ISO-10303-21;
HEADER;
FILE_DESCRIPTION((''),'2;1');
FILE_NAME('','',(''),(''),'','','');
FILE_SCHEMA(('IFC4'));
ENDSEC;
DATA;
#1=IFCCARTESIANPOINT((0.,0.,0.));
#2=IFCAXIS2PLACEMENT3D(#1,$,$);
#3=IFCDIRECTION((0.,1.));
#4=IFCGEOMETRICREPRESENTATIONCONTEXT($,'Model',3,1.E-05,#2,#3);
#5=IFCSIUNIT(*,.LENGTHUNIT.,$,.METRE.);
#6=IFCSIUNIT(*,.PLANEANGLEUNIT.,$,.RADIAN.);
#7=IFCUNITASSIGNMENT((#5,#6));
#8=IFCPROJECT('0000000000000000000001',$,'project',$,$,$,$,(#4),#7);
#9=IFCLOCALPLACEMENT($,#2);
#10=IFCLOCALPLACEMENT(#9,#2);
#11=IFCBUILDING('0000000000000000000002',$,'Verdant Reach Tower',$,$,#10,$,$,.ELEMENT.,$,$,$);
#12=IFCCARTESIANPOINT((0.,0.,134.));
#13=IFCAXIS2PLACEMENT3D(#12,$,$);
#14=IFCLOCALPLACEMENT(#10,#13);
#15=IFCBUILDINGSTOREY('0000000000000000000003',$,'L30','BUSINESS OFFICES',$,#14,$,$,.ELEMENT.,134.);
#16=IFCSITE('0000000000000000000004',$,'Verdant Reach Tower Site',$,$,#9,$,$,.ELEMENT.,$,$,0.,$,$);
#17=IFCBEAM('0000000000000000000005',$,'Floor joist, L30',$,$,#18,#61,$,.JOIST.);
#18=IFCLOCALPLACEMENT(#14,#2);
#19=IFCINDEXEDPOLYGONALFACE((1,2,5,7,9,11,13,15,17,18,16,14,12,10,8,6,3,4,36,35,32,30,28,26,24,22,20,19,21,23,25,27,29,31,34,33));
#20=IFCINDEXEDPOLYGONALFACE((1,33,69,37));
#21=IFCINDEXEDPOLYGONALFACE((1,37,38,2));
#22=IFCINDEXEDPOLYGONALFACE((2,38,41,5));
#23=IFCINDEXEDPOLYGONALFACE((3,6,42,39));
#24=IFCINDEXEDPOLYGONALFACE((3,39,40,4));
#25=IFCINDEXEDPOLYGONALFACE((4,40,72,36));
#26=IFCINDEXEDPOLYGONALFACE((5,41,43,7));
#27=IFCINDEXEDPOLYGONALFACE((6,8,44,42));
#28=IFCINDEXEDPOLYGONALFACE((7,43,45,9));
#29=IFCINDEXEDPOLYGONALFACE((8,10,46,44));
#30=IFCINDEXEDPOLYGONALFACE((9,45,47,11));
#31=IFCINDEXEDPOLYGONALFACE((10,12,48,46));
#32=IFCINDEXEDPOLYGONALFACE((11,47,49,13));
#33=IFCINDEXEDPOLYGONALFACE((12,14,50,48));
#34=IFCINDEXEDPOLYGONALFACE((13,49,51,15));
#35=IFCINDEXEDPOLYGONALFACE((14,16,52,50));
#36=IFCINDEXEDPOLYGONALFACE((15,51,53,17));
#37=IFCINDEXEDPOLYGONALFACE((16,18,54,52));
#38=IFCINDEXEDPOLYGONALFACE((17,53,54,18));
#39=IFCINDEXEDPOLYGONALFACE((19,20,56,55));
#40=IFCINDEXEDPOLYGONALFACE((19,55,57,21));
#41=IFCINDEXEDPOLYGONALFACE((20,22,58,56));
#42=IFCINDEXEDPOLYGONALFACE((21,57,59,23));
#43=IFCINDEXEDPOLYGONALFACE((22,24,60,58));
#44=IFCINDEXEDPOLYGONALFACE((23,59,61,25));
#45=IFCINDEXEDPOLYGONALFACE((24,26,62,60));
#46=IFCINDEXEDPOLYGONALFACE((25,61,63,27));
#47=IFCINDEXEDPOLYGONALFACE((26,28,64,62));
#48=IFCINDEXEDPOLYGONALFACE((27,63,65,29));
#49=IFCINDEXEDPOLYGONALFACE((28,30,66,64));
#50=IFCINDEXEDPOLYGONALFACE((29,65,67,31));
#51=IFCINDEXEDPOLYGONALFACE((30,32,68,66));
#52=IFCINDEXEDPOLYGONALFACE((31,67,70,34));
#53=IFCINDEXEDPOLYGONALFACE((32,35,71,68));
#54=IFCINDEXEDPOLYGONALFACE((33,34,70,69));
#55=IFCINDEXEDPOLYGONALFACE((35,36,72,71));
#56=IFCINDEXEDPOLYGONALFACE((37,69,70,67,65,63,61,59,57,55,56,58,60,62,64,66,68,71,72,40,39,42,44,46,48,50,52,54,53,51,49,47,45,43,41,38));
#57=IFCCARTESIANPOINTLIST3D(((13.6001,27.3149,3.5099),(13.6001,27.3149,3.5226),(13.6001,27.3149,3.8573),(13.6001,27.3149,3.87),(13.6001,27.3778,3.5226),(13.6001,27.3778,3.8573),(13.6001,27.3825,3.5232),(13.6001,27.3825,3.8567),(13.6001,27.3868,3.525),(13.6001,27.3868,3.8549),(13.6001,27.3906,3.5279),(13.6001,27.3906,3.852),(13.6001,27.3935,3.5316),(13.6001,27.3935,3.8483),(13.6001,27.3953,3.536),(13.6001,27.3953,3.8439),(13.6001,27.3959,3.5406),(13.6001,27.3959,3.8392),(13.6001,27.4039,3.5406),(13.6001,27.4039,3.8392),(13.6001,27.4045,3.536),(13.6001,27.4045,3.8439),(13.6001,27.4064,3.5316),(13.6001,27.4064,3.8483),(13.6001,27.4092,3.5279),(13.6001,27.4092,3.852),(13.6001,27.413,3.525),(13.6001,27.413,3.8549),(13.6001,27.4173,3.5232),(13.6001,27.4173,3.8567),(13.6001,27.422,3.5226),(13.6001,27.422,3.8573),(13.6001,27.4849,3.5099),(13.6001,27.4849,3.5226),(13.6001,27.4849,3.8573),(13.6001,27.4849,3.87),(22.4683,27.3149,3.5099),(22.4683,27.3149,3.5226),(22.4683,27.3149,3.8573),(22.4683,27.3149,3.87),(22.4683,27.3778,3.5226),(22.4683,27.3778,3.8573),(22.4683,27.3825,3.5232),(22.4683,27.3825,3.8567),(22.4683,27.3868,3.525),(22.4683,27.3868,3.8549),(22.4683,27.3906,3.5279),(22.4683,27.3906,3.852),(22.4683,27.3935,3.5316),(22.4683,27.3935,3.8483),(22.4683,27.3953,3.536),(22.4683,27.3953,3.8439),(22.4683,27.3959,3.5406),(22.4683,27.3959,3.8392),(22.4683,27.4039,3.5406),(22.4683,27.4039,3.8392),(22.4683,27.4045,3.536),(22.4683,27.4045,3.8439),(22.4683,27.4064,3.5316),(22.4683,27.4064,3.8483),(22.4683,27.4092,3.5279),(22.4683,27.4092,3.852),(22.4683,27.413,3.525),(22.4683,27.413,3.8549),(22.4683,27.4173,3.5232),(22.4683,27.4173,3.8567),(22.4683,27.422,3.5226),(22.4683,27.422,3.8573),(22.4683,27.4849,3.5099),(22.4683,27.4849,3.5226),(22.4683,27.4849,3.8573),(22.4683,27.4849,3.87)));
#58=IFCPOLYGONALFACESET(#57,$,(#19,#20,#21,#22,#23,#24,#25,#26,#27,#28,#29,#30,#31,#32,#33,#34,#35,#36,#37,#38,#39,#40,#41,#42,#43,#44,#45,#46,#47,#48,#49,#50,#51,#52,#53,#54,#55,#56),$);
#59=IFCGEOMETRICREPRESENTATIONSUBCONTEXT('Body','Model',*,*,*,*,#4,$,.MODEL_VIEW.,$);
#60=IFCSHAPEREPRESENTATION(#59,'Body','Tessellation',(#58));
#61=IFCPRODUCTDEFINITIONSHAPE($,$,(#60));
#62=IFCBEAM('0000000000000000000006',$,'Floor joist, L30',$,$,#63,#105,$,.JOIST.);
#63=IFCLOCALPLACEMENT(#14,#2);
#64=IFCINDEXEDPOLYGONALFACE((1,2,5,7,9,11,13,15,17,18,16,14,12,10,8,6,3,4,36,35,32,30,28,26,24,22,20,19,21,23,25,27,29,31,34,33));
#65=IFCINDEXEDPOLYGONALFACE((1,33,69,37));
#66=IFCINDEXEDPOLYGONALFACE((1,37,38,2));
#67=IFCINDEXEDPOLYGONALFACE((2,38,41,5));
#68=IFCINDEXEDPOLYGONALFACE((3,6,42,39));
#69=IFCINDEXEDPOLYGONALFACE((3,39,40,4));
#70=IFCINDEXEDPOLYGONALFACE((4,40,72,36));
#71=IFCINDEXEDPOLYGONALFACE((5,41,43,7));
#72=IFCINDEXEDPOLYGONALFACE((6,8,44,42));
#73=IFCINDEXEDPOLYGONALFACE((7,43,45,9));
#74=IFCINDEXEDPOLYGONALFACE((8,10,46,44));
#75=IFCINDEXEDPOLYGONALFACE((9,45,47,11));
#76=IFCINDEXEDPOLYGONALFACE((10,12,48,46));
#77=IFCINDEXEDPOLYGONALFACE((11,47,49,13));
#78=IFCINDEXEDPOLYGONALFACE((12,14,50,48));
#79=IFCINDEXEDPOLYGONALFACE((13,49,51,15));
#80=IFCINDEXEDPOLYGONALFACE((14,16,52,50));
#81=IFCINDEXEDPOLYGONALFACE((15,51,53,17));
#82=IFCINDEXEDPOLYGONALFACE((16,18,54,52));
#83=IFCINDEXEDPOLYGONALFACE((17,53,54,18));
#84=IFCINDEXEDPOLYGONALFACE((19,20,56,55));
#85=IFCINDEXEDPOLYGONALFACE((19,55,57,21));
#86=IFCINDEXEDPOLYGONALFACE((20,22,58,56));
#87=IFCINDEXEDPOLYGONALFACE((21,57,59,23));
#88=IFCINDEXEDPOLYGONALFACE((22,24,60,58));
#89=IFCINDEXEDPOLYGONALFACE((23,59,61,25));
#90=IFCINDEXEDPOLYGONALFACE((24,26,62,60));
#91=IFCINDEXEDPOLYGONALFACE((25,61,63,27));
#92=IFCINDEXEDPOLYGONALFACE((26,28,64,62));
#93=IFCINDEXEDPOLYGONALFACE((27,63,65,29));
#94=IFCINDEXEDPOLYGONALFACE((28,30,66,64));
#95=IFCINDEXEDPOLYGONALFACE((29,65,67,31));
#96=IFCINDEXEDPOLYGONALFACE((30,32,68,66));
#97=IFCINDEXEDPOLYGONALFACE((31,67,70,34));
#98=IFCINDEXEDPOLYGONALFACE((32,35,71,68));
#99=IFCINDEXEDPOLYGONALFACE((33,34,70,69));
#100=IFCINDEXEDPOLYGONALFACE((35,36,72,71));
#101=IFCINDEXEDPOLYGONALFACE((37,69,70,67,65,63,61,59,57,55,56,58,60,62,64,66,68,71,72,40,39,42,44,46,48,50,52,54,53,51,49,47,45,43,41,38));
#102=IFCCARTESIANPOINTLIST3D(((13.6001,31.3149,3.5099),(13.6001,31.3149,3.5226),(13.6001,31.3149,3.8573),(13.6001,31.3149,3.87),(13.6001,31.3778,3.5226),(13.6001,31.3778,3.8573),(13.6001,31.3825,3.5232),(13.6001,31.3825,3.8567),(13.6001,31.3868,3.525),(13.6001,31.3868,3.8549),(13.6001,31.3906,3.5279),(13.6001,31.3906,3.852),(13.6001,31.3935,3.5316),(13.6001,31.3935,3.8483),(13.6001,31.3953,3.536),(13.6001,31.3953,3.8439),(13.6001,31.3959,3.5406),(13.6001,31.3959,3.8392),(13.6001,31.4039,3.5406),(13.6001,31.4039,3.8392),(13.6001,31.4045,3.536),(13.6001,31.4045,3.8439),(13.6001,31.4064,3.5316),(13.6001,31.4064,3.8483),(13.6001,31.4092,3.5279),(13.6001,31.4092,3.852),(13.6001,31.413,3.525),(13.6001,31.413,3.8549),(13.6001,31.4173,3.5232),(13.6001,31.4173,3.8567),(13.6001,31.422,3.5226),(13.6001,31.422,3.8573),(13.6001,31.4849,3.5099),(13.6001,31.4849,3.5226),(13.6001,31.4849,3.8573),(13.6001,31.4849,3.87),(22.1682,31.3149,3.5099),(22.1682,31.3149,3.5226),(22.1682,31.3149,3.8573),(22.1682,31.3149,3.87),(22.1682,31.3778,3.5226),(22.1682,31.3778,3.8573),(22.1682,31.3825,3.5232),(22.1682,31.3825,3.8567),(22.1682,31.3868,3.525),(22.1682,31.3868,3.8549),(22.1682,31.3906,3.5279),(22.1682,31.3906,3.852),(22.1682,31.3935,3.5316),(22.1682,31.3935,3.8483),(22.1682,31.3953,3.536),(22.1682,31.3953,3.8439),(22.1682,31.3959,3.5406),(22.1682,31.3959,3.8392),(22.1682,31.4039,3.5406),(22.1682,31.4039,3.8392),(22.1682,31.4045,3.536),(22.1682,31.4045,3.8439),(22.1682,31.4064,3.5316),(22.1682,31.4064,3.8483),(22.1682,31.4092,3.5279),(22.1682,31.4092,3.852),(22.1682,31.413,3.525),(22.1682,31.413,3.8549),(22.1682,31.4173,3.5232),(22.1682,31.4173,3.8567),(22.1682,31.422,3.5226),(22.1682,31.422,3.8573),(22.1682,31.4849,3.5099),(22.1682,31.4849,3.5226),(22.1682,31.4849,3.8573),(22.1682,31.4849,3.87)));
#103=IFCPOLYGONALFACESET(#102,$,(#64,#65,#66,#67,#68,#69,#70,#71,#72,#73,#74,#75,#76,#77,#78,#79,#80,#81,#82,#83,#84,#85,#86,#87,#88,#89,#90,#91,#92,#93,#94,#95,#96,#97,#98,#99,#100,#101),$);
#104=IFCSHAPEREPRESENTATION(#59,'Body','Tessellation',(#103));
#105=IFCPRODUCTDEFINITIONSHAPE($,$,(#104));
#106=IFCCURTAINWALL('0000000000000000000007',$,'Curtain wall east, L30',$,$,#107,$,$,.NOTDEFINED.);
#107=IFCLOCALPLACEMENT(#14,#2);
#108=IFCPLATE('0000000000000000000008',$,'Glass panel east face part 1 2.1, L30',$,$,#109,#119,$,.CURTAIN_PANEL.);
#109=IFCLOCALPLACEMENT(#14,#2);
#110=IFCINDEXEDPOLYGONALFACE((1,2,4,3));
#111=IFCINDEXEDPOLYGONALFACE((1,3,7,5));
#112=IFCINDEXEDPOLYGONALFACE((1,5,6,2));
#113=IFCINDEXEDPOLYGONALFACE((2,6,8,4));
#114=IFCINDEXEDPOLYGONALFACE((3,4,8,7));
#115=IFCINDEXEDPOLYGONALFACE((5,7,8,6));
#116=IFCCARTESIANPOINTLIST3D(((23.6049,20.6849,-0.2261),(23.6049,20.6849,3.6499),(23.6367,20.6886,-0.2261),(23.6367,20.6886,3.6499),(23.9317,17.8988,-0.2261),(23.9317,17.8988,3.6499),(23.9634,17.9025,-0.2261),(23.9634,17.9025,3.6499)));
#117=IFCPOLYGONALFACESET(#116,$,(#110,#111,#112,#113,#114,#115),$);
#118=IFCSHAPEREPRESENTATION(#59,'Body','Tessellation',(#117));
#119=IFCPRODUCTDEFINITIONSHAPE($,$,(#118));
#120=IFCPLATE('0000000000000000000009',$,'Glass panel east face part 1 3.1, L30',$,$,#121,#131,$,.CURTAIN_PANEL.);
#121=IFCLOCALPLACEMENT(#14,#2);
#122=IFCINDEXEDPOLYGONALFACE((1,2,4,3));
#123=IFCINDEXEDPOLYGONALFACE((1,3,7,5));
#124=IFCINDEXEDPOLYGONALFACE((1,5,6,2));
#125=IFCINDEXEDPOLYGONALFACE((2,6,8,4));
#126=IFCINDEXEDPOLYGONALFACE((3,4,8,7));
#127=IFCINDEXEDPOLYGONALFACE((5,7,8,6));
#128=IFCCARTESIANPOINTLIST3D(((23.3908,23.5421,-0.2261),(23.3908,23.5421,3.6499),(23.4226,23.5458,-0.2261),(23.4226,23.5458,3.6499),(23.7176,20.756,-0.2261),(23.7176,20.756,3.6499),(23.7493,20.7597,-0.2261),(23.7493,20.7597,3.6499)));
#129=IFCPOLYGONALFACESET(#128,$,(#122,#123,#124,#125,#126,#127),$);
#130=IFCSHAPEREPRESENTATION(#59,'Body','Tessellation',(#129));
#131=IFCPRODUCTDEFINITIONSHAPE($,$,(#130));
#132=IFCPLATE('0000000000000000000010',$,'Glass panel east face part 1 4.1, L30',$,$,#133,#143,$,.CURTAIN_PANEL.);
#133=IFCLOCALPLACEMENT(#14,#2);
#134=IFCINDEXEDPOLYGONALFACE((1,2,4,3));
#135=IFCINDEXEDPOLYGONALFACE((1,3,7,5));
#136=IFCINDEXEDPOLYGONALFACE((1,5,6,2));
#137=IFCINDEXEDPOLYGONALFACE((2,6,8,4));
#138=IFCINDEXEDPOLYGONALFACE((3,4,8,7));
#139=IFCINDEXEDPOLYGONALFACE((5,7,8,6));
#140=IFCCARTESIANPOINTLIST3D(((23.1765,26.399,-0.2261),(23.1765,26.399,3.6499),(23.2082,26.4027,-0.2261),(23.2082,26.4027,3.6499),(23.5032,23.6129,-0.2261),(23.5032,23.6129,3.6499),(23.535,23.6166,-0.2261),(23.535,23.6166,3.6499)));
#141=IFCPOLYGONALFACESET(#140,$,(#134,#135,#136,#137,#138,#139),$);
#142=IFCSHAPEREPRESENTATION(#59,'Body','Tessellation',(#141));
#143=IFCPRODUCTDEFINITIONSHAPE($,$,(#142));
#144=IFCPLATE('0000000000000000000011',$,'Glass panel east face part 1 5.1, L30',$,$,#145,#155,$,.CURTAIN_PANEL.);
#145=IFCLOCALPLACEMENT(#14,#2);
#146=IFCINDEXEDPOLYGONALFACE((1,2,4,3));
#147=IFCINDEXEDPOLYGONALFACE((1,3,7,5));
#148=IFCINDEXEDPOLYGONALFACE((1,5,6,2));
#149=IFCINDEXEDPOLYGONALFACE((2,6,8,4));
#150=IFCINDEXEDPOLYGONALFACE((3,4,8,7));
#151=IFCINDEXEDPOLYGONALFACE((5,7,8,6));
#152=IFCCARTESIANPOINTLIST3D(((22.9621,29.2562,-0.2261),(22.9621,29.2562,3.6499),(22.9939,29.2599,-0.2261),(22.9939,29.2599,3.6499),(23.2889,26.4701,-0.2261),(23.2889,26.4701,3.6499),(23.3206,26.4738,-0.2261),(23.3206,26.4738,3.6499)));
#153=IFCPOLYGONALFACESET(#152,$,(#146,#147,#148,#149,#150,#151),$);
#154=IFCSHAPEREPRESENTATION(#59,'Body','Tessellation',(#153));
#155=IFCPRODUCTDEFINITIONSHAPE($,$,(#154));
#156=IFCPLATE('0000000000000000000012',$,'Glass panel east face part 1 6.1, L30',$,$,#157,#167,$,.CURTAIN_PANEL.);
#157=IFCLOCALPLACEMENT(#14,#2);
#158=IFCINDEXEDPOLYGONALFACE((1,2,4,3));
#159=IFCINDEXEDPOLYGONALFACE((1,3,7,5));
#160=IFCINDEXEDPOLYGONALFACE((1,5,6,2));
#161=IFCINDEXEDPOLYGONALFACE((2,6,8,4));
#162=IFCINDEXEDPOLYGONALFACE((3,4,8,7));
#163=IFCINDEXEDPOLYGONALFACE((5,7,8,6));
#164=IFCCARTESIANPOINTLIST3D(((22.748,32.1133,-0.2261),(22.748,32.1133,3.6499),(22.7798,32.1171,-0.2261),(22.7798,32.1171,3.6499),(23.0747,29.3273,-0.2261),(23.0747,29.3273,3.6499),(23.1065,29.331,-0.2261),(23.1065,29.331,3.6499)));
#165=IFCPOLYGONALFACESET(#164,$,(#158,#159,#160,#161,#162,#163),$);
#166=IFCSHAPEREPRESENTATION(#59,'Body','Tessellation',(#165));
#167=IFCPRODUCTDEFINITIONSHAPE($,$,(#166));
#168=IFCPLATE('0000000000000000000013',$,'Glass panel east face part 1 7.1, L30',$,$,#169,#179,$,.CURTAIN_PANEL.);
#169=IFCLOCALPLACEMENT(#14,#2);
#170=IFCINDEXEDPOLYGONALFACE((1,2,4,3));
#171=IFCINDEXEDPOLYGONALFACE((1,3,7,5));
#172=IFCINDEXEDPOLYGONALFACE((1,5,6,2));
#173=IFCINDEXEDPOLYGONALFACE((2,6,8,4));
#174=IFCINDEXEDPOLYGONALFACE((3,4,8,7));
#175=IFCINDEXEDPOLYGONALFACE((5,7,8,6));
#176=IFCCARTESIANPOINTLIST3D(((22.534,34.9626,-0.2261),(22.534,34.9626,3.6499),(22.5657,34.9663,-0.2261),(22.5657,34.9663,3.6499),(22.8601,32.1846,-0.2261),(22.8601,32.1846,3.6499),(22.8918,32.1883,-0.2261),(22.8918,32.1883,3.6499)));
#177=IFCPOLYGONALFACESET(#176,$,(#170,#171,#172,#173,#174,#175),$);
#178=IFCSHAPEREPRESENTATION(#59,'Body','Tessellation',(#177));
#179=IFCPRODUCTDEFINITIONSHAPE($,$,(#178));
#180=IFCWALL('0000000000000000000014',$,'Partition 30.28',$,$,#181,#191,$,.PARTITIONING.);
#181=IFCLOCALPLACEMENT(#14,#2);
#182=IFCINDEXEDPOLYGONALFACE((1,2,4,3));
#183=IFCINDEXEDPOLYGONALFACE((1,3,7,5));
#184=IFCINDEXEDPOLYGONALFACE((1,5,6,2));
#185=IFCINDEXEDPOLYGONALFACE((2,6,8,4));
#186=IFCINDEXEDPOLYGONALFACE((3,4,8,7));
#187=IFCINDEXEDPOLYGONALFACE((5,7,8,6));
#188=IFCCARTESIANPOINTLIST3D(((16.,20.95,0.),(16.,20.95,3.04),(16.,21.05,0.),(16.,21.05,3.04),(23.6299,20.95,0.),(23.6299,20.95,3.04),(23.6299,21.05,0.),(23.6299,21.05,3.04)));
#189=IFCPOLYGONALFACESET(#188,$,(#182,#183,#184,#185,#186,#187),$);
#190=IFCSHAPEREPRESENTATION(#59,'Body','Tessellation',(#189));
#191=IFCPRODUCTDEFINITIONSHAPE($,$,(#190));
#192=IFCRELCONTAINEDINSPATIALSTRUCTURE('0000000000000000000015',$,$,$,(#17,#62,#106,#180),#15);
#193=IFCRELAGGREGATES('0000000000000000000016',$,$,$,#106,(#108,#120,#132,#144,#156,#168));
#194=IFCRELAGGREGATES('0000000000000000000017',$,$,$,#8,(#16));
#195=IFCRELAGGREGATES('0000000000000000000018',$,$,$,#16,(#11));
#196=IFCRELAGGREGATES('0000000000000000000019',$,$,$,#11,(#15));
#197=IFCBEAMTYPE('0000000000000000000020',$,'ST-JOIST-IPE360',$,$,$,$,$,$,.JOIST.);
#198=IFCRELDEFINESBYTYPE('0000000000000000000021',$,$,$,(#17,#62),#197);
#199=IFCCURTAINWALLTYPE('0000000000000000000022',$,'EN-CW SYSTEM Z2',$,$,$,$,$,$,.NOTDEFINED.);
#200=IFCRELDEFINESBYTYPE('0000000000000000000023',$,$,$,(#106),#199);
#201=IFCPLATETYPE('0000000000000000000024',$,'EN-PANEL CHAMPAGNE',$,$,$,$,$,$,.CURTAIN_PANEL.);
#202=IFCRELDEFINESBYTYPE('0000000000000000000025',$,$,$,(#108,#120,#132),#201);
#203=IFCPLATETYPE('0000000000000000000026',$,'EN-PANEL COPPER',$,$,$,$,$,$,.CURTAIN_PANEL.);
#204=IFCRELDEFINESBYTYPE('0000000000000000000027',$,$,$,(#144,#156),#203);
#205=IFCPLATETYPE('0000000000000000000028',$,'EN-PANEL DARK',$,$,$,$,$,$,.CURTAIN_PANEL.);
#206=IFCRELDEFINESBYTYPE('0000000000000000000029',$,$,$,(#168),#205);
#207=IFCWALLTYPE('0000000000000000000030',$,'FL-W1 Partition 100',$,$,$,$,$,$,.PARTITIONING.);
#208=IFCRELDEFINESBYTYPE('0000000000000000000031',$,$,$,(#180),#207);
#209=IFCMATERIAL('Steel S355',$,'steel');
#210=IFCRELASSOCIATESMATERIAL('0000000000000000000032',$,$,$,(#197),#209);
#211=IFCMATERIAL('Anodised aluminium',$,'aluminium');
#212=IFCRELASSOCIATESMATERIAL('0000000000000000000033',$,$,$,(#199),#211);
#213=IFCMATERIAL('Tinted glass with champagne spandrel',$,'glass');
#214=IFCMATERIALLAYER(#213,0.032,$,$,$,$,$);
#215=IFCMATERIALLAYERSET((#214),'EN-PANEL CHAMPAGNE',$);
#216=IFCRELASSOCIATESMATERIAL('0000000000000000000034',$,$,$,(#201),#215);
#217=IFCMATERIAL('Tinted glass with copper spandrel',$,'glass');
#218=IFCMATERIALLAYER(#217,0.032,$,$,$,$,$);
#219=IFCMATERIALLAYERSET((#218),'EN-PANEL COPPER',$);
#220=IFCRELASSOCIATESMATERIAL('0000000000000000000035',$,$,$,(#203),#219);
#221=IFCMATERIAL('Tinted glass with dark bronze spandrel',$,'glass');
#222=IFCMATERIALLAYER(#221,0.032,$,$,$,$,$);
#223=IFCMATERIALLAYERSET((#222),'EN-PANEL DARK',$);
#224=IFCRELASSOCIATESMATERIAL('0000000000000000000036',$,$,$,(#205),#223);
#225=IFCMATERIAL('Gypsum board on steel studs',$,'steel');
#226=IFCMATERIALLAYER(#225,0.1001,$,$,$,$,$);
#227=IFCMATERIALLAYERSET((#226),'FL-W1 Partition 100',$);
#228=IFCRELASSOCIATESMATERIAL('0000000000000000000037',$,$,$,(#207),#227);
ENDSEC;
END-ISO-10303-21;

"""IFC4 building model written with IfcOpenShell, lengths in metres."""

from ifc_helpers import new_model, si_unit, direction, frame, frame_2d, origin, origin_2d, place, context, subcontext, project, spatial, rectangle, i_section, extrude, material, layer, layer_set, material_profile, profile_set, type_object, element, aggregate, save


model = new_model("IFC4")

# Units and contexts
model_context = context("Model", 3, precision=1e-05, world=origin(), true_north=direction((0.0, 1.0)))
body_context = subcontext(model_context, "Body", "Model", "MODEL_VIEW")
ifc_project = project(units=[si_unit("LENGTHUNIT", "METRE"), si_unit("PLANEANGLEUNIT", "RADIAN")], contexts=[model_context])

# Site, building, storey
site_placement = place(None, origin())
site = spatial("IfcSite", under=ifc_project, at=site_placement, Name="Verdant Reach Tower Site", CompositionType="ELEMENT", RefElevation=0.0)
building_placement = place(site_placement, origin())
building = spatial("IfcBuilding", under=site, at=building_placement, Name="Verdant Reach Tower", CompositionType="ELEMENT")
storey_placement = place(building_placement, frame((0.0, 0.0, 134.0)))
storey = spatial("IfcBuildingStorey", under=building, at=storey_placement, Name="L30", Description="BUSINESS OFFICES", CompositionType="ELEMENT", Elevation=134.0)

# Beams
ifc_material_1 = material(Name="Steel S355", Category="steel")
ifc_material_profile_1 = material_profile(ifc_material_1, i_section(OverallWidth=0.1699, OverallDepth=0.3601, WebThickness=0.0081, FlangeThickness=0.0127, FilletRadius=0.0181, at=origin_2d()), Name="IPE 360")
ifc_profile_set_1 = profile_set([ifc_material_profile_1], Name="Steel S355")
beam_type_1 = type_object("IfcBeamType", Name="ST-JOIST-IPE360", PredefinedType="JOIST", material=ifc_profile_set_1)
beam_1_placement = place(storey_placement, frame((13.6001, 27.3999, 3.6899), z_axis=(1.0, 0.0, 0.0), x_axis=(0.0, 1.0, 0.0)))
element("IfcBeam", 1, at=beam_1_placement, inside=storey, type_object=beam_type_1, Name="Floor joist, L30", PredefinedType="JOIST", context=body_context, shape_type="SweptSolid", body=[
    extrude(i_section(OverallWidth=0.1699, OverallDepth=0.3601, WebThickness=0.0081, FlangeThickness=0.0127, FilletRadius=0.0181, at=origin_2d()), origin(), (0.0, 0.0, 1.0), 8.8682),
])
beam_2_placement = place(storey_placement, frame((13.6001, 31.3999, 3.6899), z_axis=(1.0, 0.0, 0.0), x_axis=(0.0, 1.0, 0.0)))
element("IfcBeam", 2, at=beam_2_placement, inside=storey, type_object=beam_type_1, Name="Floor joist, L30", PredefinedType="JOIST", context=body_context, shape_type="SweptSolid", body=[
    extrude(i_section(OverallWidth=0.1699, OverallDepth=0.3601, WebThickness=0.0081, FlangeThickness=0.0127, FilletRadius=0.0181, at=origin_2d()), origin(), (0.0, 0.0, 1.0), 8.5681),
])

# Curtain wall, plates
ifc_material_2 = material(Name="Anodised aluminium", Category="aluminium")
curtain_wall_type = type_object("IfcCurtainWallType", Name="EN-CW SYSTEM Z2", PredefinedType="NOTDEFINED", material=ifc_material_2)
curtain_wall_placement = place(storey_placement, origin())
curtain_wall = element("IfcCurtainWall", 3, at=curtain_wall_placement, inside=storey, type_object=curtain_wall_type, Name="Curtain wall east, L30", PredefinedType="NOTDEFINED")
ifc_material_3 = material(Name="Tinted glass with champagne spandrel", Category="glass")
ifc_layer_1 = layer(ifc_material_3, 0.032)
ifc_layer_set_1 = layer_set([ifc_layer_1], Name="EN-PANEL CHAMPAGNE")
plate_type_1 = type_object("IfcPlateType", Name="EN-PANEL CHAMPAGNE", PredefinedType="CURTAIN_PANEL", material=ifc_layer_set_1)
plate_1_placement = place(storey_placement, frame((23.7842, 19.2937, -0.2261), z_axis=(0.0, 0.0, 1.0), x_axis=(-0.116483, 0.993193, 0.0)))
plate_1 = element("IfcPlate", 4, at=plate_1_placement, type_object=plate_type_1, Name="Glass panel east face part 1 2.1, L30", PredefinedType="CURTAIN_PANEL", context=body_context, shape_type="SweptSolid", body=[
    extrude(rectangle(XDim=2.8052, YDim=0.032, at=origin_2d()), origin(), (0.0, 0.0, 1.0), 3.876),
])
plate_2_placement = place(storey_placement, frame((23.5701, 22.1509, -0.2261), z_axis=(0.0, 0.0, 1.0), x_axis=(-0.116483, 0.993193, 0.0)))
plate_2 = element("IfcPlate", 5, at=plate_2_placement, type_object=plate_type_1, Name="Glass panel east face part 1 3.1, L30", PredefinedType="CURTAIN_PANEL", context=body_context, shape_type="SweptSolid", body=[
    extrude(rectangle(XDim=2.8052, YDim=0.032, at=origin_2d()), origin(), (0.0, 0.0, 1.0), 3.876),
])
plate_3_placement = place(storey_placement, frame((23.3557, 25.0078, -0.2261), z_axis=(0.0, 0.0, 1.0), x_axis=(-0.116483, 0.993193, 0.0)))
plate_3 = element("IfcPlate", 6, at=plate_3_placement, type_object=plate_type_1, Name="Glass panel east face part 1 4.1, L30", PredefinedType="CURTAIN_PANEL", context=body_context, shape_type="SweptSolid", body=[
    extrude(rectangle(XDim=2.8052, YDim=0.032, at=origin_2d()), origin(), (0.0, 0.0, 1.0), 3.876),
])
ifc_material_4 = material(Name="Tinted glass with copper spandrel", Category="glass")
ifc_layer_2 = layer(ifc_material_4, 0.032)
ifc_layer_set_2 = layer_set([ifc_layer_2], Name="EN-PANEL COPPER")
plate_type_2 = type_object("IfcPlateType", Name="EN-PANEL COPPER", PredefinedType="CURTAIN_PANEL", material=ifc_layer_set_2)
plate_4_placement = place(storey_placement, frame((23.1414, 27.865, -0.2261), z_axis=(0.0, 0.0, 1.0), x_axis=(-0.116483, 0.993193, 0.0)))
plate_4 = element("IfcPlate", 7, at=plate_4_placement, type_object=plate_type_2, Name="Glass panel east face part 1 5.1, L30", PredefinedType="CURTAIN_PANEL", context=body_context, shape_type="SweptSolid", body=[
    extrude(rectangle(XDim=2.8052, YDim=0.032, at=origin_2d()), origin(), (0.0, 0.0, 1.0), 3.876),
])
plate_5_placement = place(storey_placement, frame((22.9272, 30.7222, -0.2261), z_axis=(0.0, 0.0, 1.0), x_axis=(-0.116483, 0.993193, 0.0)))
plate_5 = element("IfcPlate", 8, at=plate_5_placement, type_object=plate_type_2, Name="Glass panel east face part 1 6.1, L30", PredefinedType="CURTAIN_PANEL", context=body_context, shape_type="SweptSolid", body=[
    extrude(rectangle(XDim=2.8052, YDim=0.032, at=origin_2d()), origin(), (0.0, 0.0, 1.0), 3.876),
])
ifc_material_5 = material(Name="Tinted glass with dark bronze spandrel", Category="glass")
ifc_layer_3 = layer(ifc_material_5, 0.032)
ifc_layer_set_3 = layer_set([ifc_layer_3], Name="EN-PANEL DARK")
plate_type_3 = type_object("IfcPlateType", Name="EN-PANEL DARK", PredefinedType="CURTAIN_PANEL", material=ifc_layer_set_3)
plate_6_placement = place(storey_placement, frame((22.7129, 33.5754, -0.2261), z_axis=(0.0, 0.0, 1.0), x_axis=(-0.116586, 0.993181, 0.0)))
plate_6 = element("IfcPlate", 9, at=plate_6_placement, type_object=plate_type_3, Name="Glass panel east face part 1 7.1, L30", PredefinedType="CURTAIN_PANEL", context=body_context, shape_type="SweptSolid", body=[
    extrude(rectangle(XDim=2.7971, YDim=0.032, at=origin_2d()), origin(), (0.0, 0.0, 1.0), 3.876),
])
aggregate(curtain_wall, [plate_1, plate_2, plate_3, plate_4, plate_5, plate_6])

# Wall
ifc_material_6 = material(Name="Gypsum board on steel studs", Category="steel")
ifc_layer_4 = layer(ifc_material_6, 0.1001)
ifc_layer_set_4 = layer_set([ifc_layer_4], Name="FL-W1 Partition 100")
wall_type_1 = type_object("IfcWallType", Name="FL-W1 Partition 100", PredefinedType="PARTITIONING", material=ifc_layer_set_4)
wall_1_placement = place(storey_placement, frame((23.6299, 21.0, 0.0), z_axis=(0.0, 0.0, 1.0), x_axis=(-1.0, 0.0, 0.0)))
element("IfcWall", 10, at=wall_1_placement, inside=storey, type_object=wall_type_1, Name="Partition 30.28", PredefinedType="PARTITIONING", context=body_context, shape_type="SweptSolid", body=[
    extrude(rectangle(XDim=7.6299, YDim=0.1001, at=frame_2d((3.8149, 0.0))), origin(), (0.0, 0.0, 1.0), 3.04),
])

save(model, "model.ifc")
